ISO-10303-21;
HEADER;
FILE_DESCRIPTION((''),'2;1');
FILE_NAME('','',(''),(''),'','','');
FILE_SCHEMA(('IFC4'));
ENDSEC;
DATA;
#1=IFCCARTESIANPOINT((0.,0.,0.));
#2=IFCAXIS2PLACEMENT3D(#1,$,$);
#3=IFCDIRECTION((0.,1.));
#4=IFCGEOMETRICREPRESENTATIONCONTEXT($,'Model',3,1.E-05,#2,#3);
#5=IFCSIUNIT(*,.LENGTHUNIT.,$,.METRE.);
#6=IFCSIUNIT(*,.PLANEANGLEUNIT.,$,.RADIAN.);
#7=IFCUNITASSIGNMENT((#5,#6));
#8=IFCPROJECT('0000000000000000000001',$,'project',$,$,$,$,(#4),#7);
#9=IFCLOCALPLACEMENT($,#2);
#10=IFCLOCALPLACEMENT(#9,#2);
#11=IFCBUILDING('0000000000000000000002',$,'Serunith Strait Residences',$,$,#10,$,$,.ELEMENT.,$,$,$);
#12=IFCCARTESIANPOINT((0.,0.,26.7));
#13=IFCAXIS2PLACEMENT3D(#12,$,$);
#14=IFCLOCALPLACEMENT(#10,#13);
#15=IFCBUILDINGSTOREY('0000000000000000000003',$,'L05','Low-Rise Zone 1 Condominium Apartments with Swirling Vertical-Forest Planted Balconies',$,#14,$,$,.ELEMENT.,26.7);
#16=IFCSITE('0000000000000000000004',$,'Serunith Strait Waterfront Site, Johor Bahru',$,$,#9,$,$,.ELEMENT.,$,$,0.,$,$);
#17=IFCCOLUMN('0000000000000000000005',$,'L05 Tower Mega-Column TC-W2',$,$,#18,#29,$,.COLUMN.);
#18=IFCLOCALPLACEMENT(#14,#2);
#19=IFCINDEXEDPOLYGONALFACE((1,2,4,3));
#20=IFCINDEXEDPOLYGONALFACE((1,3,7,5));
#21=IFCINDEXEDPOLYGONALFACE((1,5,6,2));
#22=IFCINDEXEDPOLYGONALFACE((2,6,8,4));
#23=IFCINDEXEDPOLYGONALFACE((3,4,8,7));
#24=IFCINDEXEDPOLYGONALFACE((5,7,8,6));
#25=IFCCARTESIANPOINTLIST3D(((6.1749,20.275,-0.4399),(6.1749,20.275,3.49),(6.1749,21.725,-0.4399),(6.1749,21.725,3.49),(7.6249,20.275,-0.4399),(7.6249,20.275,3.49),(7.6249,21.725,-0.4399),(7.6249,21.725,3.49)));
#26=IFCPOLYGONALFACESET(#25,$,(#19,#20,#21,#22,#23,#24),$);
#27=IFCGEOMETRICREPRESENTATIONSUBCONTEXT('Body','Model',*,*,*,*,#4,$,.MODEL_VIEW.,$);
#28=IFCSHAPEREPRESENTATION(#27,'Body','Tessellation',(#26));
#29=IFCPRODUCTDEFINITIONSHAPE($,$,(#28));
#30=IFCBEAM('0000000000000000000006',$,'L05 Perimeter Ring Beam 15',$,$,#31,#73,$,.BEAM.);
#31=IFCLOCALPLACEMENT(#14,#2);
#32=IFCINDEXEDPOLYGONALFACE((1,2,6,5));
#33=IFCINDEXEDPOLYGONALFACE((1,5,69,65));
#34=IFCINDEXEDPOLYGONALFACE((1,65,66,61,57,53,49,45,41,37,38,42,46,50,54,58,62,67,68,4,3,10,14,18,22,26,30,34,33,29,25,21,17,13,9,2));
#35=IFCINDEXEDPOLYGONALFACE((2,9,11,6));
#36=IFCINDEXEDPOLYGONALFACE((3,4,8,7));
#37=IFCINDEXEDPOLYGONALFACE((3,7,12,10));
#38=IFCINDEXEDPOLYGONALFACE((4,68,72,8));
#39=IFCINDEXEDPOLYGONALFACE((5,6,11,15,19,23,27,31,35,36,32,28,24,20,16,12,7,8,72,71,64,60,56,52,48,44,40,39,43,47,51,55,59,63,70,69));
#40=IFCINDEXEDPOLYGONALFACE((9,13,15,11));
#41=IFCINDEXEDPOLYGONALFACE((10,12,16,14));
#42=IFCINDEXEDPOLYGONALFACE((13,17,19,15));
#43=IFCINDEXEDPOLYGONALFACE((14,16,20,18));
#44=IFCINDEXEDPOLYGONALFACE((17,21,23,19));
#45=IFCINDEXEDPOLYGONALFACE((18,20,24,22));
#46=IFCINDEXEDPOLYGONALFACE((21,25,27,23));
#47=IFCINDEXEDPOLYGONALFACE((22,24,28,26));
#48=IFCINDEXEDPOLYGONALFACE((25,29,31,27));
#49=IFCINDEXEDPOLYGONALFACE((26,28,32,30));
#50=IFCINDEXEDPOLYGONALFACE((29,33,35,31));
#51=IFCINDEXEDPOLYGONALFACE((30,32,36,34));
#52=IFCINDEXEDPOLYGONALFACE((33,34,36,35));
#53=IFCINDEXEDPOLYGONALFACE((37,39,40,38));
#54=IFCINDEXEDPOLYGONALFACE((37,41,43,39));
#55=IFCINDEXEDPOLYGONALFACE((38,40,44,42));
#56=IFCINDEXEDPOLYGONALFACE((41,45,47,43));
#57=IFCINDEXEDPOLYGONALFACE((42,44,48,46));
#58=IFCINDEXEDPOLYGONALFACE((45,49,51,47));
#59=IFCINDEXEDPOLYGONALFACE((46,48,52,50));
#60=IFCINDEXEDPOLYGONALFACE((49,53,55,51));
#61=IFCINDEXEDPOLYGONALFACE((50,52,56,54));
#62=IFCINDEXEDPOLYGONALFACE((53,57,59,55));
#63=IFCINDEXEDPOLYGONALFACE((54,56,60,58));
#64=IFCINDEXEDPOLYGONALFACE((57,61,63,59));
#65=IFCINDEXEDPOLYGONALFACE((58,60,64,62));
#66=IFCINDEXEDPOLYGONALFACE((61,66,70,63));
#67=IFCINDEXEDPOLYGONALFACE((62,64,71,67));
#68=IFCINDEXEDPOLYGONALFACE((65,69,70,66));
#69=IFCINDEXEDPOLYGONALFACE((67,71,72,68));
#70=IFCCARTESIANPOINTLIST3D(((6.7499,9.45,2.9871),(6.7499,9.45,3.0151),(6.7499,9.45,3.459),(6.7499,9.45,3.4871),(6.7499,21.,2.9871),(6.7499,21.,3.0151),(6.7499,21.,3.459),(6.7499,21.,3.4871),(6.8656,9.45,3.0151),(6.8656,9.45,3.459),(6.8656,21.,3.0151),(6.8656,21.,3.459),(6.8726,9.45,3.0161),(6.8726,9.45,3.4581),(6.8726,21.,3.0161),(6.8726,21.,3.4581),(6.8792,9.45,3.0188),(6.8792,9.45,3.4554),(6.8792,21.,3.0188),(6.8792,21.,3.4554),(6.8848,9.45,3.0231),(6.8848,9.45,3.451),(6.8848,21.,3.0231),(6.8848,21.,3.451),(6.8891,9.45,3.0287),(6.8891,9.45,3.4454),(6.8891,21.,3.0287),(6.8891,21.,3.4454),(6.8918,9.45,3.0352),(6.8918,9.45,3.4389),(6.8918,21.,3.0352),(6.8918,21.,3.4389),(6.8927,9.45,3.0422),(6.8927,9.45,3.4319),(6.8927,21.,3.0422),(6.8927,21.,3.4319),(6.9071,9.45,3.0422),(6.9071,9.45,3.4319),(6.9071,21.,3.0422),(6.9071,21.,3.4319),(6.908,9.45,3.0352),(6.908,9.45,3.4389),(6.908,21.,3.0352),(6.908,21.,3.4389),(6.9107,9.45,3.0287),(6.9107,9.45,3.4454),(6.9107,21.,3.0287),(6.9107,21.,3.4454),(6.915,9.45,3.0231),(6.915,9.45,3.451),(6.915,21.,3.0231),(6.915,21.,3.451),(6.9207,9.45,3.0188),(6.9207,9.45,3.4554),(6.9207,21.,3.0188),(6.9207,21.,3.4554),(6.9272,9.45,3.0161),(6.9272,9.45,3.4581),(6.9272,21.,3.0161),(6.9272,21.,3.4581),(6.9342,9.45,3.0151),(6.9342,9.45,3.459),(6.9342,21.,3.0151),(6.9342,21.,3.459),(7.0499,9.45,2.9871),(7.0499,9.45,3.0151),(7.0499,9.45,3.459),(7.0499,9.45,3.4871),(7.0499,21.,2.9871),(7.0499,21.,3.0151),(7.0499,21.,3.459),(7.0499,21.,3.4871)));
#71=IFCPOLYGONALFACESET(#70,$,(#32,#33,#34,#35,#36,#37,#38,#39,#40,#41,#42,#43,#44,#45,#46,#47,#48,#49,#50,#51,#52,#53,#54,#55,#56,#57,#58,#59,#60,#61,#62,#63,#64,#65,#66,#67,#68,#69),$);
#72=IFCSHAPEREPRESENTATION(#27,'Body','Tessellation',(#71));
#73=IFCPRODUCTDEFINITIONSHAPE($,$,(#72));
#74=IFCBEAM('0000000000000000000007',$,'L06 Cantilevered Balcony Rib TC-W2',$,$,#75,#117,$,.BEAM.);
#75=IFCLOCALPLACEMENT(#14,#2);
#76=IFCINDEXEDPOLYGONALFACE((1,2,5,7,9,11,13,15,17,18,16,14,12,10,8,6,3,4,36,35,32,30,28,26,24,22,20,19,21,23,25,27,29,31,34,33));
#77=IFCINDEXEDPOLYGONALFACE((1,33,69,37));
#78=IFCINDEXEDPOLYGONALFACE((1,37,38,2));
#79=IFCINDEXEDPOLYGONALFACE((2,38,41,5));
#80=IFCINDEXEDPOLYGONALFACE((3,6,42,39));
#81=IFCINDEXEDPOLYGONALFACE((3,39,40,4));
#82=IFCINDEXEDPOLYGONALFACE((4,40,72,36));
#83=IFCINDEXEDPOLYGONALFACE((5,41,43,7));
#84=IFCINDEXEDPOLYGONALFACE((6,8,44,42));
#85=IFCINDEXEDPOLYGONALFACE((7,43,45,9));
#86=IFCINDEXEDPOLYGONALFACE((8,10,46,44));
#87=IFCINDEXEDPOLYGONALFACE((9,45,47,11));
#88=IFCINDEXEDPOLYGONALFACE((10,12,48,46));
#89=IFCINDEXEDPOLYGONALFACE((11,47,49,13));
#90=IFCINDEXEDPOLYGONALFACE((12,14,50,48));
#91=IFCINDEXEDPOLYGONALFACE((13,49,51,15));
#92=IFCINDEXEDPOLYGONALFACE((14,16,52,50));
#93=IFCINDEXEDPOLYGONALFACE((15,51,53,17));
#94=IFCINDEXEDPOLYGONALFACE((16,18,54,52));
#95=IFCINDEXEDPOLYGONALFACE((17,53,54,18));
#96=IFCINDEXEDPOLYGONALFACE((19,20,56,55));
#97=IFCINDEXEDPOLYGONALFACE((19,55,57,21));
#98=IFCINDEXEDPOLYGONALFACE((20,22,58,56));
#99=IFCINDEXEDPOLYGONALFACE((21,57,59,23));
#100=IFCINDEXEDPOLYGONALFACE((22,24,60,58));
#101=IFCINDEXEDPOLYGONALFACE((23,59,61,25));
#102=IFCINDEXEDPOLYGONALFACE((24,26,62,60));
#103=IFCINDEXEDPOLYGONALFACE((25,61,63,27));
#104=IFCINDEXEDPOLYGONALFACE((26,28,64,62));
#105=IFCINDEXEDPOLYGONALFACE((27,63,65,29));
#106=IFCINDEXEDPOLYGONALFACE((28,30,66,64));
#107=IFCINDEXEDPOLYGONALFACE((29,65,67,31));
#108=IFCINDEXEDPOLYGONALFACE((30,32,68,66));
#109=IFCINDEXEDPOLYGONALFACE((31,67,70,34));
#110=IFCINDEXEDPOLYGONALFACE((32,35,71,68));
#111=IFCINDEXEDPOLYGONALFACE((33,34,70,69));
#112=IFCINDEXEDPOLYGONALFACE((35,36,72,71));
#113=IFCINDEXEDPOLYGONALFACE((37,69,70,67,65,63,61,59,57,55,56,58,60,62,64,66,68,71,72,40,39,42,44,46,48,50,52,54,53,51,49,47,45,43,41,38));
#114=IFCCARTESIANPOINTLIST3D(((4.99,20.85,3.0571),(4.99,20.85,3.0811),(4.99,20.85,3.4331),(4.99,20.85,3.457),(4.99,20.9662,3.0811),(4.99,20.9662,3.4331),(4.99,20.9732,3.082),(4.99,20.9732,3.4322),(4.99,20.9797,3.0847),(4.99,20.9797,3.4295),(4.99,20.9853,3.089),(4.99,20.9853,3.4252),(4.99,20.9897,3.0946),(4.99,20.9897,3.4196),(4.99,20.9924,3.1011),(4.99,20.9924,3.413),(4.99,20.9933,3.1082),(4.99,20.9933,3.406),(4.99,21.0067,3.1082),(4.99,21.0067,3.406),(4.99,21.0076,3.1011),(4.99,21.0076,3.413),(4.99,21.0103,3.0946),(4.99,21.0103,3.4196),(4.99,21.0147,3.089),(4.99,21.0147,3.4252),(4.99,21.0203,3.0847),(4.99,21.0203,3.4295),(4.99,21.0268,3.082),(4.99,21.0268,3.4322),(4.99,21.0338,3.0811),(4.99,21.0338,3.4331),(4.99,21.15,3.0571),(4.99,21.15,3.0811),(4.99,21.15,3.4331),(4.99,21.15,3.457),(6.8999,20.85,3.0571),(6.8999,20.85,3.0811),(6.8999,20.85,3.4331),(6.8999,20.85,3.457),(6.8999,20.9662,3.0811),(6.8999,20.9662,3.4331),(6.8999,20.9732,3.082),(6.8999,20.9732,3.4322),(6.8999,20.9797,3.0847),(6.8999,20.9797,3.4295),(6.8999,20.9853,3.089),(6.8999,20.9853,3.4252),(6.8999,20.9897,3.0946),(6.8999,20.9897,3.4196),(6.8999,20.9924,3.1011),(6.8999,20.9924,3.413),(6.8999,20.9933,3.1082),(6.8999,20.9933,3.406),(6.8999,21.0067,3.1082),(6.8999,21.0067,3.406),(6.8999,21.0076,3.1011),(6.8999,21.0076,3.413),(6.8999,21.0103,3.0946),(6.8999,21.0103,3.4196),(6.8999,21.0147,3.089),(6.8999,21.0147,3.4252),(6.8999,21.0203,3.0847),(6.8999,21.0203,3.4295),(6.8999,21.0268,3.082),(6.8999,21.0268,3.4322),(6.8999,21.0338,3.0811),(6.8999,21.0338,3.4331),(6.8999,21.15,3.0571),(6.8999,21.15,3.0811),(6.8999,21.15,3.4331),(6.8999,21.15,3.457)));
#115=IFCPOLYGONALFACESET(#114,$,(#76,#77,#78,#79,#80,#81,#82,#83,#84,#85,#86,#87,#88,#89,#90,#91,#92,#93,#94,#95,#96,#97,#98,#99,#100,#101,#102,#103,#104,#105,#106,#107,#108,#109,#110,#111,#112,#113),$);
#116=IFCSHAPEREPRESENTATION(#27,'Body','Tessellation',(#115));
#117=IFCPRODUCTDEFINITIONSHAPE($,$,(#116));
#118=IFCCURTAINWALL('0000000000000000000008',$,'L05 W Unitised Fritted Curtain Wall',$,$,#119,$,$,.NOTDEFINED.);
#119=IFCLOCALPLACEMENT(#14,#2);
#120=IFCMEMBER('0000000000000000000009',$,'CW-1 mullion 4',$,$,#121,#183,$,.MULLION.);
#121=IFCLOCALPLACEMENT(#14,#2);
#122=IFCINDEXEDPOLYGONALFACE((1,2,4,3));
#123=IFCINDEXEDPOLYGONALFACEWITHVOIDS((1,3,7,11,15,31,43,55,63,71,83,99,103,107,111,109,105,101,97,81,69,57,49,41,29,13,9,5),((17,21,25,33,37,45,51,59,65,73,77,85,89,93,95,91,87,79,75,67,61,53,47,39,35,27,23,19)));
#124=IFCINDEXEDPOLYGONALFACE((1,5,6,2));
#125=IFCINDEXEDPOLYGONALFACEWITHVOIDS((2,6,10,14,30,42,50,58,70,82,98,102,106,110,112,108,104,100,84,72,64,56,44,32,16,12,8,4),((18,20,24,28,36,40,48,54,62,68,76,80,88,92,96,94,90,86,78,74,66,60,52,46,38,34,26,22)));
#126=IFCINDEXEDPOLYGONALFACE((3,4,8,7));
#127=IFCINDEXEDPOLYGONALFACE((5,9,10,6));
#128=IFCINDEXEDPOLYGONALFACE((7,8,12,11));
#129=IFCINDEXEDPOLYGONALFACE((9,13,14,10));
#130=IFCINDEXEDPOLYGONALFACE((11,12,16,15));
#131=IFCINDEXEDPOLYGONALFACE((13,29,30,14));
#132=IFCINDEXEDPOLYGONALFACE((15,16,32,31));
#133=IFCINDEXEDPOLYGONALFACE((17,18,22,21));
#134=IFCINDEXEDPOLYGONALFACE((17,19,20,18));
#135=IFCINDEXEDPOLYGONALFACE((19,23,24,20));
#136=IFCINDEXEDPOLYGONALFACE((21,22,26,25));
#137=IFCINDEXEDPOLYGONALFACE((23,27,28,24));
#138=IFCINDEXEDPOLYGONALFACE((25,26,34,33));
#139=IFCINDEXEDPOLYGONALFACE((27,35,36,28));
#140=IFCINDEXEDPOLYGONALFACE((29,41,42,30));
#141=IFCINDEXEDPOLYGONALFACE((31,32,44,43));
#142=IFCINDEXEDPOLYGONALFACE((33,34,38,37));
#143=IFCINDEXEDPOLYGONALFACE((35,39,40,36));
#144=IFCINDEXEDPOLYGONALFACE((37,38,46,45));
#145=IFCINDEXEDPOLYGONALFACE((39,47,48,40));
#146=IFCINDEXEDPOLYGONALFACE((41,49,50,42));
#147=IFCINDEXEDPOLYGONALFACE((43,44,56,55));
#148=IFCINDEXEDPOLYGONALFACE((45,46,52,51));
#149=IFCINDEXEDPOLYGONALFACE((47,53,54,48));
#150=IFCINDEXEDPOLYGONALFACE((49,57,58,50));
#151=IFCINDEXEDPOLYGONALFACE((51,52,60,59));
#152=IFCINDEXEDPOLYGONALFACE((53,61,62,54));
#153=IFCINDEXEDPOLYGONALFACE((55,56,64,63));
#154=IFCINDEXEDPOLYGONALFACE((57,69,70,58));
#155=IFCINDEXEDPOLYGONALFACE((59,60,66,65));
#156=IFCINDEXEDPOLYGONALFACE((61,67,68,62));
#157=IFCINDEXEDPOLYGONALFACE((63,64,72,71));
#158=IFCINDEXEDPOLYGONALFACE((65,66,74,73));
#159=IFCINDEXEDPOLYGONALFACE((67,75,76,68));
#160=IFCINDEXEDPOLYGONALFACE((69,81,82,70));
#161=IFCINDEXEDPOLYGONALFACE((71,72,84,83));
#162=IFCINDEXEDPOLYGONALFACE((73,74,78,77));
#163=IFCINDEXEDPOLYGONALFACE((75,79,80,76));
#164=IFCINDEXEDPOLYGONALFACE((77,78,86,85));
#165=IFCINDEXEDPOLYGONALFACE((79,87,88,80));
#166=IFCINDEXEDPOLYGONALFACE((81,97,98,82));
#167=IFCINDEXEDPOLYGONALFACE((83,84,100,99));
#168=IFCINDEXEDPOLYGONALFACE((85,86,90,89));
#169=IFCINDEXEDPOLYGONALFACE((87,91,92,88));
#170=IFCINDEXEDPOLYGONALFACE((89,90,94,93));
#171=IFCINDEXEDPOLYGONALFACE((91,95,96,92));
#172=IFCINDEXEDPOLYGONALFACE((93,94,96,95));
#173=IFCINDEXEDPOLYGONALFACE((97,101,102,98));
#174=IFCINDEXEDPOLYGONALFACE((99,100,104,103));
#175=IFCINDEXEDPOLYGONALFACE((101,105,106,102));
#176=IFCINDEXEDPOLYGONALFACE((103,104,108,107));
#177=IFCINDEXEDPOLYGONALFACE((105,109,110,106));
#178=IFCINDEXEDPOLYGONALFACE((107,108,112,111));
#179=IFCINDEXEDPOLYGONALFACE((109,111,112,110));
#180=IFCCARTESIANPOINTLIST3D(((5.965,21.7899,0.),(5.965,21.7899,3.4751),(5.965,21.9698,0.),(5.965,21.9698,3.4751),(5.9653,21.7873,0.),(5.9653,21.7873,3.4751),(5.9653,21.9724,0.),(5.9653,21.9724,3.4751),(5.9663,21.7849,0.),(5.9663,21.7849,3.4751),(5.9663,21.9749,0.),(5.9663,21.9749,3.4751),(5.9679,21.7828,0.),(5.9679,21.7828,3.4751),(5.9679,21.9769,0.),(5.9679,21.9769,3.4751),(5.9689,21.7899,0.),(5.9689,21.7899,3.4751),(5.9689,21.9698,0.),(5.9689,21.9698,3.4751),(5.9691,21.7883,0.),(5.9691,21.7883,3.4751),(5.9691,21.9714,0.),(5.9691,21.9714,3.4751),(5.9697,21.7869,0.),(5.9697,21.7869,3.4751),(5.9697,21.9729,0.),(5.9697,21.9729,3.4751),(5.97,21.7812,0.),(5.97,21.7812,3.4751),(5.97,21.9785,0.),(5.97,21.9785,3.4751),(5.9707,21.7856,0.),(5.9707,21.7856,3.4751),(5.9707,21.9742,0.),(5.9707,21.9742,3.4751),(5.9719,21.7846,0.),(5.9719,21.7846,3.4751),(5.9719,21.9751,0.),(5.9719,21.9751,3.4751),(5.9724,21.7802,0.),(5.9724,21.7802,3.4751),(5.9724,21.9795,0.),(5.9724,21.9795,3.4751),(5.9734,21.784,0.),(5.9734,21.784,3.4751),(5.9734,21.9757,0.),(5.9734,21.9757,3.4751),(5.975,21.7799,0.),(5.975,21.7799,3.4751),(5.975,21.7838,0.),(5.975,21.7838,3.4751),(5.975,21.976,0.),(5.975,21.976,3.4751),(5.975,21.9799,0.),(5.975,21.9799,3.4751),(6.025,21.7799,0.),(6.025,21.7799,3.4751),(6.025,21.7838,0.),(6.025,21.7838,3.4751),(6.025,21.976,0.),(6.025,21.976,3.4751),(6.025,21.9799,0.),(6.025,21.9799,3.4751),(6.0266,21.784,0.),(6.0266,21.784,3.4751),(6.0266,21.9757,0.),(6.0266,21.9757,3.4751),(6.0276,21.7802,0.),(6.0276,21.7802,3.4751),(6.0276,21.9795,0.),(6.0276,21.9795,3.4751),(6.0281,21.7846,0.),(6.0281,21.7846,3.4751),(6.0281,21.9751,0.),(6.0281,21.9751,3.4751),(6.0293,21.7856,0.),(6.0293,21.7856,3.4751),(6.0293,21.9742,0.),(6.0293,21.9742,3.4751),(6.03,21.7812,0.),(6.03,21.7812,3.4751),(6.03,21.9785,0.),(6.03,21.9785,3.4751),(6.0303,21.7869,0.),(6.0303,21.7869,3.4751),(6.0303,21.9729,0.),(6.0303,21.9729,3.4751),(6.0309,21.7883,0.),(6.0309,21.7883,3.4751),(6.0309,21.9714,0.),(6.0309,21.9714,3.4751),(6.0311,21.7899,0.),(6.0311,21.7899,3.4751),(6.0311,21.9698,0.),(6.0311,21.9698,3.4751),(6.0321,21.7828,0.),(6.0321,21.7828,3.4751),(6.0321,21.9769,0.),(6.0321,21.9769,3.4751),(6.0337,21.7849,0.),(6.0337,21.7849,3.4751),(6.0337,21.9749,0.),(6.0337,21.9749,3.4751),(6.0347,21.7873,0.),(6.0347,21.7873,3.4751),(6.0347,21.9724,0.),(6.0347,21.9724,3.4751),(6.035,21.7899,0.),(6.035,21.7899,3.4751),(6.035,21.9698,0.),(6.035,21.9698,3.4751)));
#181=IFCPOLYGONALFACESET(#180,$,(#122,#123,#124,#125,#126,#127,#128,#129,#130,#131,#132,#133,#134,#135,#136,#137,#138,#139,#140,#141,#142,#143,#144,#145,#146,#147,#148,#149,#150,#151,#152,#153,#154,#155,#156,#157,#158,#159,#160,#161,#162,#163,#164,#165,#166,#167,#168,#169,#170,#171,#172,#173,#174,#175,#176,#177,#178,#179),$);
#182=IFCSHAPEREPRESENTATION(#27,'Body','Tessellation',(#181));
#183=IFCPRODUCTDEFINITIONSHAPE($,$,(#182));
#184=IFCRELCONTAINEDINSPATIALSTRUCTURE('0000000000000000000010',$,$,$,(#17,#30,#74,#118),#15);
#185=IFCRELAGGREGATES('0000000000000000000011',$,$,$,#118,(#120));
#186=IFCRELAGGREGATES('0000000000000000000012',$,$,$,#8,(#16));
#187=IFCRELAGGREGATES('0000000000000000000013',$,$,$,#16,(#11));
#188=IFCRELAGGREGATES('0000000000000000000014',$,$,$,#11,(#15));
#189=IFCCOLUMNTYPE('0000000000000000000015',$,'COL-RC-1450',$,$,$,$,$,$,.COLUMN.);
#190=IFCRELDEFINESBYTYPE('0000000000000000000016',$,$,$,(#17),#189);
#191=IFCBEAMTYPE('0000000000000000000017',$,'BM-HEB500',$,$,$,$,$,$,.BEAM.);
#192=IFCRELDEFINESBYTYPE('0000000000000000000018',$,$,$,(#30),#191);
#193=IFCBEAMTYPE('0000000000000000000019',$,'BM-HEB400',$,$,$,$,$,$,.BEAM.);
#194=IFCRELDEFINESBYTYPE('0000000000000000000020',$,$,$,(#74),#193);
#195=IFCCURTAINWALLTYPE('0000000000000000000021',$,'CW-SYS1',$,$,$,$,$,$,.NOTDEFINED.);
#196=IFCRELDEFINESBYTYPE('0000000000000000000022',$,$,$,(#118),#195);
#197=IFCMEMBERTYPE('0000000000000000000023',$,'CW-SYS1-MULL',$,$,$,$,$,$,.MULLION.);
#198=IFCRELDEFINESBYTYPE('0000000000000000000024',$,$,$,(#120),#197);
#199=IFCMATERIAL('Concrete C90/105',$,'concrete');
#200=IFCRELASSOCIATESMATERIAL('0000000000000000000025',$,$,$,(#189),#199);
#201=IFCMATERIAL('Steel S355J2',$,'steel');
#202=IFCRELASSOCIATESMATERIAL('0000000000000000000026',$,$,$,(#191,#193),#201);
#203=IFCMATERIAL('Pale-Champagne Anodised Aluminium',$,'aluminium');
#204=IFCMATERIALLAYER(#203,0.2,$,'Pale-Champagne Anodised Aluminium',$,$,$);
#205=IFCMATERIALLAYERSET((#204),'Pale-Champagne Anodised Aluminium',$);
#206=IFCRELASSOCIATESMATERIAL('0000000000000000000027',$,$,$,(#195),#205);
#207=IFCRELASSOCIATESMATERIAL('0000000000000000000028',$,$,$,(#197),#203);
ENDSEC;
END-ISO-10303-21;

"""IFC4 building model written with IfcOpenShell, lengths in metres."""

from ifc_helpers import new_model, si_unit, direction, frame, origin, origin_2d, place, context, subcontext, project, spatial, rectangle, hollow_rectangle, i_section, extrude, source, transform, mapped, material, layer, layer_set, material_profile, profile_set, type_object, element, aggregate, save


model = new_model("IFC4")

# Units and contexts
model_context = context("Model", 3, precision=1e-05, world=origin(), true_north=direction((0.0, 1.0)))
body_context = subcontext(model_context, "Body", "Model", "MODEL_VIEW")
ifc_project = project(units=[si_unit("LENGTHUNIT", "METRE"), si_unit("PLANEANGLEUNIT", "RADIAN")], contexts=[model_context])

# Site, building, storey
site_placement = place(None, origin())
site = spatial("IfcSite", under=ifc_project, at=site_placement, Name="Serunith Strait Waterfront Site, Johor Bahru", CompositionType="ELEMENT", RefElevation=0.0)
building_placement = place(site_placement, origin())
building = spatial("IfcBuilding", under=site, at=building_placement, Name="Serunith Strait Residences", CompositionType="ELEMENT")
storey_placement = place(building_placement, frame((0.0, 0.0, 26.7)))
storey = spatial("IfcBuildingStorey", under=building, at=storey_placement, Name="L05", Description="Low-Rise Zone 1 Condominium Apartments with Swirling Vertical-Forest Planted Balconies", CompositionType="ELEMENT", Elevation=26.7)

# Column
ifc_material_1 = material(Name="Concrete C90/105", Category="concrete")
ifc_material_profile_1 = material_profile(ifc_material_1, rectangle(XDim=1.45, YDim=1.45, at=origin_2d()), Name="RC 1450x1450")
ifc_profile_set_1 = profile_set([ifc_material_profile_1], Name="Concrete C90/105")
column_type = type_object("IfcColumnType", Name="COL-RC-1450", PredefinedType="COLUMN", material=ifc_profile_set_1)
shared_shape_1 = source(origin(), body_context, "Body", "SweptSolid", [
    extrude(rectangle(XDim=1.45, YDim=1.45, at=origin_2d()), origin(), (0.0, 0.0, 1.0), 3.9299),
])
column_placement = place(storey_placement, frame((6.8999, 21.0, -0.4399), z_axis=(0.0, 0.0, 1.0), x_axis=(1.0, 0.0, 0.0)))
element("IfcColumn", 1, at=column_placement, inside=storey, type_object=column_type, Name="L05 Tower Mega-Column TC-W2", PredefinedType="COLUMN", context=body_context, shape_type="MappedRepresentation", body=[
    mapped(shared_shape_1, transform((0.0, 0.0, 0.0), scale=1.0)),
])

# Beams
ifc_material_2 = material(Name="Steel S355J2", Category="steel")
ifc_material_profile_2 = material_profile(ifc_material_2, i_section(OverallWidth=0.3, OverallDepth=0.5, WebThickness=0.0144, FlangeThickness=0.0281, FilletRadius=0.0271, at=origin_2d()), Name="HEB 500")
ifc_profile_set_2 = profile_set([ifc_material_profile_2], Name="Steel S355J2")
beam_type_1 = type_object("IfcBeamType", Name="BM-HEB500", PredefinedType="BEAM", material=ifc_profile_set_2)
shared_shape_2 = source(origin(), body_context, "Body", "SweptSolid", [
    extrude(i_section(OverallWidth=0.3, OverallDepth=0.5, WebThickness=0.0144, FlangeThickness=0.0281, FilletRadius=0.0271, at=origin_2d()), origin(), (0.0, 0.0, 1.0), 11.55),
])
beam_1_placement = place(storey_placement, frame((6.8999, 21.0, 3.2371), z_axis=(0.0, -1.0, 0.0), x_axis=(1.0, 0.0, 0.0)))
element("IfcBeam", 2, at=beam_1_placement, inside=storey, type_object=beam_type_1, Name="L05 Perimeter Ring Beam 15", PredefinedType="BEAM", context=body_context, shape_type="MappedRepresentation", body=[
    mapped(shared_shape_2, transform((0.0, 0.0, 0.0), scale=1.0)),
])
ifc_material_profile_3 = material_profile(ifc_material_2, i_section(OverallWidth=0.3, OverallDepth=0.3999, WebThickness=0.0134, FlangeThickness=0.0239, FilletRadius=0.0271, at=origin_2d()), Name="HEB 400")
ifc_profile_set_3 = profile_set([ifc_material_profile_3], Name="Steel S355J2")
beam_type_2 = type_object("IfcBeamType", Name="BM-HEB400", PredefinedType="BEAM", material=ifc_profile_set_3)
shared_shape_3 = source(origin(), body_context, "Body", "SweptSolid", [
    extrude(i_section(OverallWidth=0.3, OverallDepth=0.3999, WebThickness=0.0134, FlangeThickness=0.0239, FilletRadius=0.0271, at=origin_2d()), origin(), (0.0, 0.0, 1.0), 1.9099),
])
beam_2_placement = place(storey_placement, frame((6.8999, 21.0, 3.2571), z_axis=(-1.0, 0.0, 0.0), x_axis=(0.0, -1.0, 0.0)))
element("IfcBeam", 3, at=beam_2_placement, inside=storey, type_object=beam_type_2, Name="L06 Cantilevered Balcony Rib TC-W2", PredefinedType="BEAM", context=body_context, shape_type="MappedRepresentation", body=[
    mapped(shared_shape_3, transform((0.0, 0.0, 0.0), scale=1.0)),
])

# Curtain wall, member
ifc_material_3 = material(Name="Pale-Champagne Anodised Aluminium", Category="aluminium")
ifc_layer_1 = layer(ifc_material_3, 0.2, Name="Pale-Champagne Anodised Aluminium")
ifc_layer_set_1 = layer_set([ifc_layer_1], Name="Pale-Champagne Anodised Aluminium")
curtain_wall_type = type_object("IfcCurtainWallType", Name="CW-SYS1", PredefinedType="NOTDEFINED", material=ifc_layer_set_1)
curtain_wall_placement = place(storey_placement, origin())
curtain_wall = element("IfcCurtainWall", 4, at=curtain_wall_placement, inside=storey, type_object=curtain_wall_type, Name="L05 W Unitised Fritted Curtain Wall", PredefinedType="NOTDEFINED")
ifc_material_profile_4 = material_profile(ifc_material_3, hollow_rectangle(XDim=0.0701, YDim=0.2, WallThickness=0.0039, InnerFilletRadius=0.0061, OuterFilletRadius=0.01, at=origin_2d()), Name="ALU 200x70x4")
ifc_profile_set_4 = profile_set([ifc_material_profile_4], Name="Pale-Champagne Anodised Aluminium")
member_type_1 = type_object("IfcMemberType", Name="CW-SYS1-MULL", PredefinedType="MULLION", material=ifc_profile_set_4)
shared_shape_4 = source(origin(), body_context, "Body", "SweptSolid", [
    extrude(hollow_rectangle(XDim=0.0701, YDim=0.2, WallThickness=0.0039, InnerFilletRadius=0.0061, OuterFilletRadius=0.01, at=origin_2d()), origin(), (0.0, 0.0, 1.0), 3.4751),
])
member_1_placement = place(storey_placement, frame((6.0, 21.8799, 0.0), z_axis=(0.0, 0.0, 1.0), x_axis=(1.0, 0.0, 0.0)))
member_1 = element("IfcMember", 5, at=member_1_placement, type_object=member_type_1, Name="CW-1 mullion 4", PredefinedType="MULLION", context=body_context, shape_type="MappedRepresentation", body=[
    mapped(shared_shape_4, transform((0.0, 0.0, 0.0), scale=1.0)),
])
aggregate(curtain_wall, [member_1])

save(model, "model.ifc")
